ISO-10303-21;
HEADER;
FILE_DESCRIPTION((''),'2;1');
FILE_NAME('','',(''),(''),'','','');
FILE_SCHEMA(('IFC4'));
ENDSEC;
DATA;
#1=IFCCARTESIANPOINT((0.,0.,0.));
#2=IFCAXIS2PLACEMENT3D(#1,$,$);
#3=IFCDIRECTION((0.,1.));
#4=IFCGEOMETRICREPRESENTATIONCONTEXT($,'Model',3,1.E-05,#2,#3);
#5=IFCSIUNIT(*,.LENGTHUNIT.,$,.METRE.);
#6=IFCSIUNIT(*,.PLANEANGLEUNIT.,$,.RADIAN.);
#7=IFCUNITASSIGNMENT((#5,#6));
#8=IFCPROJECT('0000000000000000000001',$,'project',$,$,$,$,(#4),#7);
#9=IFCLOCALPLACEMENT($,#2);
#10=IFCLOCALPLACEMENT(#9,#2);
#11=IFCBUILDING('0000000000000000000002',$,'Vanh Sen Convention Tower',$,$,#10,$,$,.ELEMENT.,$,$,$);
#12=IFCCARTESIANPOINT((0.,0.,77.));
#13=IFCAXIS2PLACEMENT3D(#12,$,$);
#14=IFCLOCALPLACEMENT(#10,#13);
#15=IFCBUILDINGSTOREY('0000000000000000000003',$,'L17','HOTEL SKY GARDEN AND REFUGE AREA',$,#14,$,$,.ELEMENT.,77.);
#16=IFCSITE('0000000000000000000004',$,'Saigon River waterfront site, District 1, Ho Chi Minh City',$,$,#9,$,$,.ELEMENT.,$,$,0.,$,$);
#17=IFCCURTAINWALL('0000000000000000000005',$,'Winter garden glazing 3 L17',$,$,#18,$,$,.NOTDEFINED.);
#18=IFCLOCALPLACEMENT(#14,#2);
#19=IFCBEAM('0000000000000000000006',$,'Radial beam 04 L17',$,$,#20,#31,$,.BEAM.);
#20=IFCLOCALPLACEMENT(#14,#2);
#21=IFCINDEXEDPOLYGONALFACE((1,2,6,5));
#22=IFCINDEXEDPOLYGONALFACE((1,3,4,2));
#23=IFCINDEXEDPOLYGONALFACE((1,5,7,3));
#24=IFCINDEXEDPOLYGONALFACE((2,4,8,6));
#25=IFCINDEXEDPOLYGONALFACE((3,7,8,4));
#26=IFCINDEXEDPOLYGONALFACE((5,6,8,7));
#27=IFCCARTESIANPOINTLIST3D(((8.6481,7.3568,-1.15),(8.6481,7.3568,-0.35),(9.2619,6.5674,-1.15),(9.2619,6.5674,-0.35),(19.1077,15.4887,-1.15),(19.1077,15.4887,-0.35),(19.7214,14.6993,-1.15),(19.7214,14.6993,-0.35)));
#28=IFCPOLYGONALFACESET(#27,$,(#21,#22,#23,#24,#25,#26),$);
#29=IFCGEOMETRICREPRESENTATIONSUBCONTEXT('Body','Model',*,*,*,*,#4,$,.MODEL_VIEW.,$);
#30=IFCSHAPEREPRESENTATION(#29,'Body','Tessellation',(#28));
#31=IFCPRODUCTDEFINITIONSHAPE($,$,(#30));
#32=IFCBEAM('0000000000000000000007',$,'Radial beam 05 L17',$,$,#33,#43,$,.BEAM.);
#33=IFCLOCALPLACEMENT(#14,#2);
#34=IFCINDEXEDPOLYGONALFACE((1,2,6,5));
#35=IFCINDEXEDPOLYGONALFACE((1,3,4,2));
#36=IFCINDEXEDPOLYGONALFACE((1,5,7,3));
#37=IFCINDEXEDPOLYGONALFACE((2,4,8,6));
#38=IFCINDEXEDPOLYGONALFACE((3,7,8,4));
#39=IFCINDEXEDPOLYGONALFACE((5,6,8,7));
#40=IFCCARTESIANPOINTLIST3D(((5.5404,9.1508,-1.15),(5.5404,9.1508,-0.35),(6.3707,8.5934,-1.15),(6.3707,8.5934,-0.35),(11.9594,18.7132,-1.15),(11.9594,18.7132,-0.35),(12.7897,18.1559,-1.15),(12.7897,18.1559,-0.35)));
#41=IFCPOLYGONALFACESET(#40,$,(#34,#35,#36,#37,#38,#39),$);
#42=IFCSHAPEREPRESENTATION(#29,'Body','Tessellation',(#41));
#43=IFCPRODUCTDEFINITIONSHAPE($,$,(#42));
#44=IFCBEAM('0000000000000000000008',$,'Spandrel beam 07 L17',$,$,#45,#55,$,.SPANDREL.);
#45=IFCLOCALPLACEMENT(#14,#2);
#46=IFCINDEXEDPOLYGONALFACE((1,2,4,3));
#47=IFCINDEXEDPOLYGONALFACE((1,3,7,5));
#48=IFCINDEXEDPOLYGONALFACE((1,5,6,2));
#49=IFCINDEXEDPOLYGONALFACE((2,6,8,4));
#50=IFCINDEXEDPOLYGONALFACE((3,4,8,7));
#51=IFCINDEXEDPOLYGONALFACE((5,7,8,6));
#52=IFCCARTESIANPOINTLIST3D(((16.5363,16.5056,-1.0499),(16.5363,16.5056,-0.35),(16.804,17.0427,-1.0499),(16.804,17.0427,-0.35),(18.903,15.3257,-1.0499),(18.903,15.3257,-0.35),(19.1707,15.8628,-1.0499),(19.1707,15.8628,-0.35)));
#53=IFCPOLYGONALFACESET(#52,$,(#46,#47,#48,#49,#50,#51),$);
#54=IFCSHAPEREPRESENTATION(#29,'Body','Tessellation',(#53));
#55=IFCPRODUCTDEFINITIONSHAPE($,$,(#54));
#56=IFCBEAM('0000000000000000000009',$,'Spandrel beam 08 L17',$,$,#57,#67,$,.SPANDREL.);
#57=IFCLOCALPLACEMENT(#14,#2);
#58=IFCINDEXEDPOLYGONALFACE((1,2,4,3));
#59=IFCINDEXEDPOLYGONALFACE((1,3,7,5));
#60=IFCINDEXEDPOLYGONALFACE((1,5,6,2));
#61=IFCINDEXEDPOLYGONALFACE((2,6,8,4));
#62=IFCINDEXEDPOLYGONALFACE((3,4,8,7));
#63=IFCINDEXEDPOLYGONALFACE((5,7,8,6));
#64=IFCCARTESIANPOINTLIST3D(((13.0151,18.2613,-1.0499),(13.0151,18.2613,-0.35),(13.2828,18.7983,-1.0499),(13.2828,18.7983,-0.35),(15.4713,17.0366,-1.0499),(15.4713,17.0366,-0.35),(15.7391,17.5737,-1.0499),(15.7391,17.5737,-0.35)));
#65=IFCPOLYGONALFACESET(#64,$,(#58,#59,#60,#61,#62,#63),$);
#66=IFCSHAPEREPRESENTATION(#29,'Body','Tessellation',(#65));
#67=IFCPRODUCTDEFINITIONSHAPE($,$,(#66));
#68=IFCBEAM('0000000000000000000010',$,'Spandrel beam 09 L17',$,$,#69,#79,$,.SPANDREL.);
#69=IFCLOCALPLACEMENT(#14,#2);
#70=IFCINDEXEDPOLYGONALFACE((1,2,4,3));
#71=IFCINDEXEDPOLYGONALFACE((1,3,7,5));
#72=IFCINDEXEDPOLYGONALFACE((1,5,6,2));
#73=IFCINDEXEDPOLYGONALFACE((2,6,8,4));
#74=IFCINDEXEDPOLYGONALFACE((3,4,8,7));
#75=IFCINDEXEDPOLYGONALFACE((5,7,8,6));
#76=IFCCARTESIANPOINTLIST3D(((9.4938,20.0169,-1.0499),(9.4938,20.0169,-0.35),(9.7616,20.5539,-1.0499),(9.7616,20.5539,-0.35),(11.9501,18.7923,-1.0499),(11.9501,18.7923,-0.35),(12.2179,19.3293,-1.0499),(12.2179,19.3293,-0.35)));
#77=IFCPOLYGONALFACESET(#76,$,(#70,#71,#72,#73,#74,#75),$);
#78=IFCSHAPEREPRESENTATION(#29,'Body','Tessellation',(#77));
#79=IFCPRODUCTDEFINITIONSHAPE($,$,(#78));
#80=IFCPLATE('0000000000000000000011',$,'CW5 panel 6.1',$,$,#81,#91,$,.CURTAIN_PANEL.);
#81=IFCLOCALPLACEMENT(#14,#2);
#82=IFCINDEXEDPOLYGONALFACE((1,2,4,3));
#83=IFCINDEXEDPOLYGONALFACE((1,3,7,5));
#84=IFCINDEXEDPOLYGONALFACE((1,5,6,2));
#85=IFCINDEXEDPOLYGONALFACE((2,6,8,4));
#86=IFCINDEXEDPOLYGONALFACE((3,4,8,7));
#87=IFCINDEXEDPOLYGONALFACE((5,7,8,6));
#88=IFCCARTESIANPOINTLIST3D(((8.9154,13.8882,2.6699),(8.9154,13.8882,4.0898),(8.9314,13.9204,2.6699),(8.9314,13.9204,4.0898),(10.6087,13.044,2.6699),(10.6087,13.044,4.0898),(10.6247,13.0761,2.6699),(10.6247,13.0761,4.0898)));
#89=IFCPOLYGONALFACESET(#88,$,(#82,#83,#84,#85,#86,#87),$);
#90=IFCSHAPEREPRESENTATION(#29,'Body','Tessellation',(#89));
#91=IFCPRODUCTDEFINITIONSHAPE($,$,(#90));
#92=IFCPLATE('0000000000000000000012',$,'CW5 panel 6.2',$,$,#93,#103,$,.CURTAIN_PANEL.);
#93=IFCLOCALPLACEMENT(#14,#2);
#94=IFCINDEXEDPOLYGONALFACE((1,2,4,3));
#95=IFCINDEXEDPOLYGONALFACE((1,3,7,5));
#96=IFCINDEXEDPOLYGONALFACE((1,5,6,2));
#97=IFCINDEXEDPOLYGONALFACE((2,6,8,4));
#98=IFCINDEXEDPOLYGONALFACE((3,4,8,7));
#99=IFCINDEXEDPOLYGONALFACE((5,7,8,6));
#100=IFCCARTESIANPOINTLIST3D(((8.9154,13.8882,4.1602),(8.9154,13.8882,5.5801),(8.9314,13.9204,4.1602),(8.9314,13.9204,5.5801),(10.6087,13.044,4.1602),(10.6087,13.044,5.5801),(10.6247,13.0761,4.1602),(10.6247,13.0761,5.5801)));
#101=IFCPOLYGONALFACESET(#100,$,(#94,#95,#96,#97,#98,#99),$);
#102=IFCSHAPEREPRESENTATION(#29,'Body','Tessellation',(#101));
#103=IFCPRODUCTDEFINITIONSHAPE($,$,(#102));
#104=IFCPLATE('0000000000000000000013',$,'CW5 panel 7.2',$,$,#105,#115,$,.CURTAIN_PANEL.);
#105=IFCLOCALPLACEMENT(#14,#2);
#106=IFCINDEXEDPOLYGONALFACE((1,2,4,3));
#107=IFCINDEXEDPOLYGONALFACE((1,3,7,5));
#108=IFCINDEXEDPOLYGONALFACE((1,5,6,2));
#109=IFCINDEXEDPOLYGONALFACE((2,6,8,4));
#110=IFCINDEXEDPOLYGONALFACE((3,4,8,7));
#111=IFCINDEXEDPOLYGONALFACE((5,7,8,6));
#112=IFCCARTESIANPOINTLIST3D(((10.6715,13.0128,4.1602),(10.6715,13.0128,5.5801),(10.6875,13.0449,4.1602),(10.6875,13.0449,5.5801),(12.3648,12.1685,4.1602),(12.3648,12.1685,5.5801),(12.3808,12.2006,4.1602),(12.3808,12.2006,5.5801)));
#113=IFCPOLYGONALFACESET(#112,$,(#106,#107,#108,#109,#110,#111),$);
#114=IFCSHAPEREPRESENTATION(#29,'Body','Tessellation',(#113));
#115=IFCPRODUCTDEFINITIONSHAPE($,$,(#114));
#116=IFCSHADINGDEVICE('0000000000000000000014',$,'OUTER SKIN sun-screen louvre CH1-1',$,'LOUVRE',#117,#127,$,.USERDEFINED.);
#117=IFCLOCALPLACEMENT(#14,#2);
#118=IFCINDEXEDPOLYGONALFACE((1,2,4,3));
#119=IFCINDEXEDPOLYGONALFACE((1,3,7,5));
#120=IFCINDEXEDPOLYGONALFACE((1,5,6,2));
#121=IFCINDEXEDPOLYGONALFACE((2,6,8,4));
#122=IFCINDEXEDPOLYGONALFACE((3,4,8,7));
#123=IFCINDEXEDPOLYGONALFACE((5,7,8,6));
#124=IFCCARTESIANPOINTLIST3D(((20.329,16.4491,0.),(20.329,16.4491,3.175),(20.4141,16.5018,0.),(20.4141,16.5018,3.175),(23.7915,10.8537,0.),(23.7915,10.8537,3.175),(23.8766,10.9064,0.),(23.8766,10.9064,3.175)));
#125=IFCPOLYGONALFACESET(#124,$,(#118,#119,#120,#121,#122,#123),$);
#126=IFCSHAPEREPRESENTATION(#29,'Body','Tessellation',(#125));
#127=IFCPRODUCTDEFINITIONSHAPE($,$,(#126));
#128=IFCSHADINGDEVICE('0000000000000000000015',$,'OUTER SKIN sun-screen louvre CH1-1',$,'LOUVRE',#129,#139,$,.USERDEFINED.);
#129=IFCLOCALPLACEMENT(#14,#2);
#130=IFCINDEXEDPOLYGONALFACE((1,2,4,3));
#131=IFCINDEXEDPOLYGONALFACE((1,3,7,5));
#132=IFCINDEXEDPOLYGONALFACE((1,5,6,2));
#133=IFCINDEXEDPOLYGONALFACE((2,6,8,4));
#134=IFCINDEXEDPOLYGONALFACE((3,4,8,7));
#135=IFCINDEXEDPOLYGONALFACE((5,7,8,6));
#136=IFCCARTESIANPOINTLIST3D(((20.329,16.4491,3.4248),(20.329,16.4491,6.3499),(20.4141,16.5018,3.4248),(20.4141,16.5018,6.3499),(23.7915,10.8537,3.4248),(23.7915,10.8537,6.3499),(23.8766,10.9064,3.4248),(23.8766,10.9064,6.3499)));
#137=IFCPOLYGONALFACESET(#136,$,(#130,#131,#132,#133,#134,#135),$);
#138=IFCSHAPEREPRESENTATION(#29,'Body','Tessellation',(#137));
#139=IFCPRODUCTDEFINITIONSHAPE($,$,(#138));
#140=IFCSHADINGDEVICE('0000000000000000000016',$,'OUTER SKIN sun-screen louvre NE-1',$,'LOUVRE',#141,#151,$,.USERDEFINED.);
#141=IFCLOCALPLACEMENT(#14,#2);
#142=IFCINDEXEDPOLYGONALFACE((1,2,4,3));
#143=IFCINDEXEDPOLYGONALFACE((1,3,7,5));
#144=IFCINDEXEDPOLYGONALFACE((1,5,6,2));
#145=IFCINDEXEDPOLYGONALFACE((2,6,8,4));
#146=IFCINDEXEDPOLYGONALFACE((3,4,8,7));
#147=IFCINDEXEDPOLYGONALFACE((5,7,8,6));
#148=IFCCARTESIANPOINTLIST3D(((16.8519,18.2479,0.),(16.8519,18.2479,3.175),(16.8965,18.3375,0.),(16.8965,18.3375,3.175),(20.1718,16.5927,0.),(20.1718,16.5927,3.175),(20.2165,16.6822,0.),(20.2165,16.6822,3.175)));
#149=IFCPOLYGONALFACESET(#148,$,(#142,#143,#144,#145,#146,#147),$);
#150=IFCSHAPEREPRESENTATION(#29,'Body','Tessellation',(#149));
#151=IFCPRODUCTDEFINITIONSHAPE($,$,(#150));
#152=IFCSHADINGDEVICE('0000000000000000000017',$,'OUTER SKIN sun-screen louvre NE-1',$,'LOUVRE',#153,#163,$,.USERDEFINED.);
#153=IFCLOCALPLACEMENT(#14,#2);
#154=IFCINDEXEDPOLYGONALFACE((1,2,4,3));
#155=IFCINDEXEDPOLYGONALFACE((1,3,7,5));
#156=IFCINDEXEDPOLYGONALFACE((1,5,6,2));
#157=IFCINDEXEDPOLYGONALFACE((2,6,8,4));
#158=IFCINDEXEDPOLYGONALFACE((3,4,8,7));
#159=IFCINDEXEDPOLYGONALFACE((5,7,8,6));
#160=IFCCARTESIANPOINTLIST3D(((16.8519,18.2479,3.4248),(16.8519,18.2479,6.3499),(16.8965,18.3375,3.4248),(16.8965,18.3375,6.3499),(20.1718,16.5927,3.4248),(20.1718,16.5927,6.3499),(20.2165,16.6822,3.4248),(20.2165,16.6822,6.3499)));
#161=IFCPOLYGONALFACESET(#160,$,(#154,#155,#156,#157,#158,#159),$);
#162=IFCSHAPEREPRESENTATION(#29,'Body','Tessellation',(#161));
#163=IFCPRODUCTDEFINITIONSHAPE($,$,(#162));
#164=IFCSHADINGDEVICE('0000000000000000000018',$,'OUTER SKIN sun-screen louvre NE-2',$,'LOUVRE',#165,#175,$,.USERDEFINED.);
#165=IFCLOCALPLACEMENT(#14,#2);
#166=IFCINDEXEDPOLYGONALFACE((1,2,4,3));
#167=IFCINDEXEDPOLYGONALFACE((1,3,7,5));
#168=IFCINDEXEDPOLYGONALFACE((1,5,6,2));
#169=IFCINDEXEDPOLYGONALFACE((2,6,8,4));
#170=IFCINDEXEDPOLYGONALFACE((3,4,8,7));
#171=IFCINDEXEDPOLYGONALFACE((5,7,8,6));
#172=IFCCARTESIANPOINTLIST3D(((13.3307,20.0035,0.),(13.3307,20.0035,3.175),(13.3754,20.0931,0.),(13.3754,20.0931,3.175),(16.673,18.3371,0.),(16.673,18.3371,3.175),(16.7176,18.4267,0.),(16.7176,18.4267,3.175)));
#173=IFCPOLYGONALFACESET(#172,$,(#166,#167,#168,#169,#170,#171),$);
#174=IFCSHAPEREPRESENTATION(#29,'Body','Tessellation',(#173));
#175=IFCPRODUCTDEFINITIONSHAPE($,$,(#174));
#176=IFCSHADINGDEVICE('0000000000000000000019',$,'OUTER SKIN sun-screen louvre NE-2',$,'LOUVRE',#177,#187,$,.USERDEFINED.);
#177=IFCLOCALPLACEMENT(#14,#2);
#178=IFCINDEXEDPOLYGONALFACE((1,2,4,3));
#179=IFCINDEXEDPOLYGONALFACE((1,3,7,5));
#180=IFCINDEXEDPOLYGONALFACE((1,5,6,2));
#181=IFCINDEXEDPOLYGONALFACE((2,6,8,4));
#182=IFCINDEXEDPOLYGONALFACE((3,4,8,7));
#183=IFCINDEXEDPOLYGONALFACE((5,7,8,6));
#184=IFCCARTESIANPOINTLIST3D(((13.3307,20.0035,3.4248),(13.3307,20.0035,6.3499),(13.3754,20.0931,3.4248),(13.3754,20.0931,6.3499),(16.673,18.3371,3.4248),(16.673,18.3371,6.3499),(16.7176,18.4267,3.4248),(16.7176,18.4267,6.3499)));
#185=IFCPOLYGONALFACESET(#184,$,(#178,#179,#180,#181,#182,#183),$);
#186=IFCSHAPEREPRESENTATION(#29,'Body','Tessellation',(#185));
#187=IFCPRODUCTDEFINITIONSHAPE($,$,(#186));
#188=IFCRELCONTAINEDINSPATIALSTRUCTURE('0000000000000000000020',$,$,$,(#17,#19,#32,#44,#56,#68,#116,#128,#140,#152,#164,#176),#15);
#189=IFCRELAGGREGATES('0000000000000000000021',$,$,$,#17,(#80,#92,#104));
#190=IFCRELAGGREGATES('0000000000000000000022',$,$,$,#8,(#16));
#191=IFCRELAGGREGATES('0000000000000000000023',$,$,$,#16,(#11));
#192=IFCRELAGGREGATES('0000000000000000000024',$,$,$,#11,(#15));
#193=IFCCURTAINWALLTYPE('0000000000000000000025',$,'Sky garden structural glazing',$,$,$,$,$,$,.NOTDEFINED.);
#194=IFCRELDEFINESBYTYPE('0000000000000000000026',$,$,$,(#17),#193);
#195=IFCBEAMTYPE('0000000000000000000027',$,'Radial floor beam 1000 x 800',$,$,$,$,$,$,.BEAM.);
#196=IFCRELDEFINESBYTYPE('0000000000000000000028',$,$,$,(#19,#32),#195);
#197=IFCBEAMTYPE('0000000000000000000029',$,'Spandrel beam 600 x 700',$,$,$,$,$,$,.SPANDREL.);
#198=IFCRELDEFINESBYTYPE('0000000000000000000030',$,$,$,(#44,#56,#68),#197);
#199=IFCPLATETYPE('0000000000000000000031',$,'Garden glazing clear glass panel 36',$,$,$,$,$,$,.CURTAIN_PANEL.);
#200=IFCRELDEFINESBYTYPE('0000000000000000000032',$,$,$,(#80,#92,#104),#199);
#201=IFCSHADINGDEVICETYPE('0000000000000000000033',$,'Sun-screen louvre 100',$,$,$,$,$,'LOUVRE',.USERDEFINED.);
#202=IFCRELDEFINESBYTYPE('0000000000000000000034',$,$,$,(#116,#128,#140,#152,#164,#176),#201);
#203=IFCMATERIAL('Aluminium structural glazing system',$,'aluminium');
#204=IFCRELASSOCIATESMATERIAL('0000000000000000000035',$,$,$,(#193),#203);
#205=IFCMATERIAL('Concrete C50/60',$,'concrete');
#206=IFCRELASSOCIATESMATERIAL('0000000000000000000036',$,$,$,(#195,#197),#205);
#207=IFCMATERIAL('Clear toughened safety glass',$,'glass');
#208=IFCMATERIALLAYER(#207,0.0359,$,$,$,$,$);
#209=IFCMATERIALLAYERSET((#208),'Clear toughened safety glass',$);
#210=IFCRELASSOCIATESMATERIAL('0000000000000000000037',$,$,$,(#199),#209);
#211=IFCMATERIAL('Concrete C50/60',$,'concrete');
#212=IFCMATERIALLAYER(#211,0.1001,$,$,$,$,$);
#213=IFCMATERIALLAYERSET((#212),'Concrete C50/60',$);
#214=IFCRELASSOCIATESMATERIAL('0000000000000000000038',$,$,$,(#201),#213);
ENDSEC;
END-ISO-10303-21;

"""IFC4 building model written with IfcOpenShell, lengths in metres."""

from ifc_helpers import new_model, si_unit, direction, frame, origin, origin_2d, place, context, subcontext, project, spatial, rectangle, extrude, material, layer, layer_set, material_profile, profile_set, type_object, element, aggregate, save


model = new_model("IFC4")

# Units and contexts
model_context = context("Model", 3, precision=1e-05, world=origin(), true_north=direction((0.0, 1.0)))
body_context = subcontext(model_context, "Body", "Model", "MODEL_VIEW")
ifc_project = project(units=[si_unit("LENGTHUNIT", "METRE"), si_unit("PLANEANGLEUNIT", "RADIAN")], contexts=[model_context])

# Site, building, storey
site_placement = place(None, origin())
site = spatial("IfcSite", under=ifc_project, at=site_placement, Name="Saigon River waterfront site, District 1, Ho Chi Minh City", CompositionType="ELEMENT", RefElevation=0.0)
building_placement = place(site_placement, origin())
building = spatial("IfcBuilding", under=site, at=building_placement, Name="Vanh Sen Convention Tower", CompositionType="ELEMENT")
storey_placement = place(building_placement, frame((0.0, 0.0, 77.0)))
storey = spatial("IfcBuildingStorey", under=building, at=storey_placement, Name="L17", Description="HOTEL SKY GARDEN AND REFUGE AREA", CompositionType="ELEMENT", Elevation=77.0)

# Curtain wall
ifc_material_1 = material(Name="Aluminium structural glazing system", Category="aluminium")
curtain_wall_type_1 = type_object("IfcCurtainWallType", Name="Sky garden structural glazing", PredefinedType="NOTDEFINED", material=ifc_material_1)
curtain_wall_1_placement = place(storey_placement, origin())
curtain_wall_1 = element("IfcCurtainWall", 1, at=curtain_wall_1_placement, inside=storey, type_object=curtain_wall_type_1, Name="Winter garden glazing 3 L17", PredefinedType="NOTDEFINED")

# Beams
ifc_material_2 = material(Name="Concrete C50/60", Category="concrete")
ifc_material_profile_1 = material_profile(ifc_material_2, rectangle(XDim=1.0, YDim=0.8, at=origin_2d()), Name="RC 1000X800")
ifc_profile_set_1 = profile_set([ifc_material_profile_1], Name="Concrete C50/60")
beam_type_1 = type_object("IfcBeamType", Name="Radial floor beam 1000 x 800", PredefinedType="BEAM", material=ifc_profile_set_1)
beam_1_placement = place(storey_placement, frame((19.4146, 15.094, -0.75), z_axis=(-0.789473, -0.613785, 0.0), x_axis=(0.613785, -0.789473, 0.0)))
element("IfcBeam", 2, at=beam_1_placement, inside=storey, type_object=beam_type_1, Name="Radial beam 04 L17", PredefinedType="BEAM", context=body_context, shape_type="SweptSolid", body=[
    extrude(rectangle(XDim=1.0, YDim=0.8, at=origin_2d()), origin(), (0.0, 0.0, 1.0), 13.2488),
])
beam_2_placement = place(storey_placement, frame((12.3745, 18.4346, -0.75), z_axis=(-0.557339, -0.830285, 0.0), x_axis=(0.830285, -0.557339, 0.0)))
element("IfcBeam", 3, at=beam_2_placement, inside=storey, type_object=beam_type_1, Name="Radial beam 05 L17", PredefinedType="BEAM", context=body_context, shape_type="SweptSolid", body=[
    extrude(rectangle(XDim=1.0, YDim=0.8, at=origin_2d()), origin(), (0.0, 0.0, 1.0), 11.5171),
])
ifc_material_profile_2 = material_profile(ifc_material_2, rectangle(XDim=0.6001, YDim=0.7, at=origin_2d()), Name="RC 600X700")
ifc_profile_set_2 = profile_set([ifc_material_profile_2], Name="Concrete C50/60")
beam_type_2 = type_object("IfcBeamType", Name="Spandrel beam 600 x 700", PredefinedType="SPANDREL", material=ifc_profile_set_2)
beam_3_placement = place(storey_placement, frame((19.0369, 15.5942, -0.7), z_axis=(-0.894944, 0.446179, 0.0), x_axis=(-0.446179, -0.894944, 0.0)))
element("IfcBeam", 4, at=beam_3_placement, inside=storey, type_object=beam_type_2, Name="Spandrel beam 07 L17", PredefinedType="SPANDREL", context=body_context, shape_type="SweptSolid", body=[
    extrude(rectangle(XDim=0.6001, YDim=0.7, at=origin_2d()), origin(), (0.0, 0.0, 1.0), 2.6445),
])
for number, where, z_axis, x_axis, name in (
    (5, (15.6052, 17.3052, -0.7), (-0.894943, 0.446181, 0.0), (-0.446181, -0.894943, 0.0), "Spandrel beam 08 L17"),
    (6, (12.084, 19.0608, -0.7), (-0.894943, 0.446181, 0.0), (-0.446181, -0.894943, 0.0), "Spandrel beam 09 L17"),
):
    element("IfcBeam", number, at=place(storey_placement, frame(where, z_axis=z_axis, x_axis=x_axis)), inside=storey, type_object=beam_type_2, Name=name, PredefinedType="SPANDREL", context=body_context, shape_type="SweptSolid", body=[
        extrude(rectangle(XDim=0.6001, YDim=0.7, at=origin_2d()), origin(), (0.0, 0.0, 1.0), 2.7446),
    ])

# Plates
ifc_material_3 = material(Name="Clear toughened safety glass", Category="glass")
ifc_layer_1 = layer(ifc_material_3, 0.0359)
ifc_layer_set_1 = layer_set([ifc_layer_1], Name="Clear toughened safety glass")
plate_type = type_object("IfcPlateType", Name="Garden glazing clear glass panel 36", PredefinedType="CURTAIN_PANEL", material=ifc_layer_set_1)
plate_1_placement = place(storey_placement, frame((9.77, 13.4822, 2.6699), z_axis=(0.0, 0.0, 1.0), x_axis=(0.894932, -0.446203, 0.0)))
plate_1 = element("IfcPlate", 7, at=plate_1_placement, type_object=plate_type, Name="CW5 panel 6.1", PredefinedType="CURTAIN_PANEL", context=body_context, shape_type="SweptSolid", body=[
    extrude(rectangle(XDim=1.8921, YDim=0.0359, at=origin_2d()), origin(), (0.0, 0.0, 1.0), 1.4199),
])
plate_2_placement = place(storey_placement, frame((9.77, 13.4822, 4.1602), z_axis=(0.0, 0.0, 1.0), x_axis=(0.894932, -0.446203, 0.0)))
plate_2 = element("IfcPlate", 8, at=plate_2_placement, type_object=plate_type, Name="CW5 panel 6.2", PredefinedType="CURTAIN_PANEL", context=body_context, shape_type="SweptSolid", body=[
    extrude(rectangle(XDim=1.8921, YDim=0.0359, at=origin_2d()), origin(), (0.0, 0.0, 1.0), 1.4199),
])
plate_3_placement = place(storey_placement, frame((11.5261, 12.6067, 4.1602), z_axis=(0.0, 0.0, 1.0), x_axis=(0.894932, -0.446203, 0.0)))
plate_3 = element("IfcPlate", 9, at=plate_3_placement, type_object=plate_type, Name="CW5 panel 7.2", PredefinedType="CURTAIN_PANEL", context=body_context, shape_type="SweptSolid", body=[
    extrude(rectangle(XDim=1.8921, YDim=0.0359, at=origin_2d()), origin(), (0.0, 0.0, 1.0), 1.4199),
])
aggregate(curtain_wall_1, [plate_1, plate_2, plate_3])

# Shading devices
ifc_material_4 = material(Name="Concrete C50/60", Category="concrete")
ifc_layer_2 = layer(ifc_material_4, 0.1001)
ifc_layer_set_2 = layer_set([ifc_layer_2], Name="Concrete C50/60")
shading_device_type = type_object("IfcShadingDeviceType", Name="Sun-screen louvre 100", ElementType="LOUVRE", PredefinedType="USERDEFINED", material=ifc_layer_set_2)
shading_device_1_placement = place(storey_placement, frame((22.1028, 13.6777, 0.0), z_axis=(0.0, 0.0, 1.0), x_axis=(-0.526212, 0.850353, 0.0)))
element("IfcShadingDevice", 10, at=shading_device_1_placement, inside=storey, type_object=shading_device_type, Name="OUTER SKIN sun-screen louvre CH1-1", ObjectType="LOUVRE", PredefinedType="USERDEFINED", context=body_context, shape_type="SweptSolid", body=[
    extrude(rectangle(XDim=6.5801, YDim=0.1001, at=origin_2d()), origin(), (0.0, 0.0, 1.0), 3.175),
])
shading_device_2_placement = place(storey_placement, frame((22.1028, 13.6777, 3.4248), z_axis=(0.0, 0.0, 1.0), x_axis=(-0.526212, 0.850353, 0.0)))
element("IfcShadingDevice", 11, at=shading_device_2_placement, inside=storey, type_object=shading_device_type, Name="OUTER SKIN sun-screen louvre CH1-1", ObjectType="LOUVRE", PredefinedType="USERDEFINED", context=body_context, shape_type="SweptSolid", body=[
    extrude(rectangle(XDim=6.5801, YDim=0.1001, at=origin_2d()), origin(), (0.0, 0.0, 1.0), 2.925),
])
shading_device_3_placement = place(storey_placement, frame((18.5342, 17.4651, 0.0), z_axis=(0.0, 0.0, 1.0), x_axis=(-0.894935, 0.446196, 0.0)))
element("IfcShadingDevice", 12, at=shading_device_3_placement, inside=storey, type_object=shading_device_type, Name="OUTER SKIN sun-screen louvre NE-1", ObjectType="LOUVRE", PredefinedType="USERDEFINED", context=body_context, shape_type="SweptSolid", body=[
    extrude(rectangle(XDim=3.7097, YDim=0.1001, at=origin_2d()), origin(), (0.0, 0.0, 1.0), 3.175),
])
shading_device_4_placement = place(storey_placement, frame((18.5342, 17.4651, 3.4248), z_axis=(0.0, 0.0, 1.0), x_axis=(-0.894935, 0.446196, 0.0)))
element("IfcShadingDevice", 13, at=shading_device_4_placement, inside=storey, type_object=shading_device_type, Name="OUTER SKIN sun-screen louvre NE-1", ObjectType="LOUVRE", PredefinedType="USERDEFINED", context=body_context, shape_type="SweptSolid", body=[
    extrude(rectangle(XDim=3.7097, YDim=0.1001, at=origin_2d()), origin(), (0.0, 0.0, 1.0), 2.925),
])
shading_device_5_placement = place(storey_placement, frame((15.0242, 19.2151, 0.0), z_axis=(0.0, 0.0, 1.0), x_axis=(-0.894935, 0.446196, 0.0)))
element("IfcShadingDevice", 14, at=shading_device_5_placement, inside=storey, type_object=shading_device_type, Name="OUTER SKIN sun-screen louvre NE-2", ObjectType="LOUVRE", PredefinedType="USERDEFINED", context=body_context, shape_type="SweptSolid", body=[
    extrude(rectangle(XDim=3.7346, YDim=0.1001, at=origin_2d()), origin(), (0.0, 0.0, 1.0), 3.175),
])
shading_device_6_placement = place(storey_placement, frame((15.0242, 19.2151, 3.4248), z_axis=(0.0, 0.0, 1.0), x_axis=(-0.894935, 0.446196, 0.0)))
element("IfcShadingDevice", 15, at=shading_device_6_placement, inside=storey, type_object=shading_device_type, Name="OUTER SKIN sun-screen louvre NE-2", ObjectType="LOUVRE", PredefinedType="USERDEFINED", context=body_context, shape_type="SweptSolid", body=[
    extrude(rectangle(XDim=3.7346, YDim=0.1001, at=origin_2d()), origin(), (0.0, 0.0, 1.0), 2.925),
])

save(model, "model.ifc")
